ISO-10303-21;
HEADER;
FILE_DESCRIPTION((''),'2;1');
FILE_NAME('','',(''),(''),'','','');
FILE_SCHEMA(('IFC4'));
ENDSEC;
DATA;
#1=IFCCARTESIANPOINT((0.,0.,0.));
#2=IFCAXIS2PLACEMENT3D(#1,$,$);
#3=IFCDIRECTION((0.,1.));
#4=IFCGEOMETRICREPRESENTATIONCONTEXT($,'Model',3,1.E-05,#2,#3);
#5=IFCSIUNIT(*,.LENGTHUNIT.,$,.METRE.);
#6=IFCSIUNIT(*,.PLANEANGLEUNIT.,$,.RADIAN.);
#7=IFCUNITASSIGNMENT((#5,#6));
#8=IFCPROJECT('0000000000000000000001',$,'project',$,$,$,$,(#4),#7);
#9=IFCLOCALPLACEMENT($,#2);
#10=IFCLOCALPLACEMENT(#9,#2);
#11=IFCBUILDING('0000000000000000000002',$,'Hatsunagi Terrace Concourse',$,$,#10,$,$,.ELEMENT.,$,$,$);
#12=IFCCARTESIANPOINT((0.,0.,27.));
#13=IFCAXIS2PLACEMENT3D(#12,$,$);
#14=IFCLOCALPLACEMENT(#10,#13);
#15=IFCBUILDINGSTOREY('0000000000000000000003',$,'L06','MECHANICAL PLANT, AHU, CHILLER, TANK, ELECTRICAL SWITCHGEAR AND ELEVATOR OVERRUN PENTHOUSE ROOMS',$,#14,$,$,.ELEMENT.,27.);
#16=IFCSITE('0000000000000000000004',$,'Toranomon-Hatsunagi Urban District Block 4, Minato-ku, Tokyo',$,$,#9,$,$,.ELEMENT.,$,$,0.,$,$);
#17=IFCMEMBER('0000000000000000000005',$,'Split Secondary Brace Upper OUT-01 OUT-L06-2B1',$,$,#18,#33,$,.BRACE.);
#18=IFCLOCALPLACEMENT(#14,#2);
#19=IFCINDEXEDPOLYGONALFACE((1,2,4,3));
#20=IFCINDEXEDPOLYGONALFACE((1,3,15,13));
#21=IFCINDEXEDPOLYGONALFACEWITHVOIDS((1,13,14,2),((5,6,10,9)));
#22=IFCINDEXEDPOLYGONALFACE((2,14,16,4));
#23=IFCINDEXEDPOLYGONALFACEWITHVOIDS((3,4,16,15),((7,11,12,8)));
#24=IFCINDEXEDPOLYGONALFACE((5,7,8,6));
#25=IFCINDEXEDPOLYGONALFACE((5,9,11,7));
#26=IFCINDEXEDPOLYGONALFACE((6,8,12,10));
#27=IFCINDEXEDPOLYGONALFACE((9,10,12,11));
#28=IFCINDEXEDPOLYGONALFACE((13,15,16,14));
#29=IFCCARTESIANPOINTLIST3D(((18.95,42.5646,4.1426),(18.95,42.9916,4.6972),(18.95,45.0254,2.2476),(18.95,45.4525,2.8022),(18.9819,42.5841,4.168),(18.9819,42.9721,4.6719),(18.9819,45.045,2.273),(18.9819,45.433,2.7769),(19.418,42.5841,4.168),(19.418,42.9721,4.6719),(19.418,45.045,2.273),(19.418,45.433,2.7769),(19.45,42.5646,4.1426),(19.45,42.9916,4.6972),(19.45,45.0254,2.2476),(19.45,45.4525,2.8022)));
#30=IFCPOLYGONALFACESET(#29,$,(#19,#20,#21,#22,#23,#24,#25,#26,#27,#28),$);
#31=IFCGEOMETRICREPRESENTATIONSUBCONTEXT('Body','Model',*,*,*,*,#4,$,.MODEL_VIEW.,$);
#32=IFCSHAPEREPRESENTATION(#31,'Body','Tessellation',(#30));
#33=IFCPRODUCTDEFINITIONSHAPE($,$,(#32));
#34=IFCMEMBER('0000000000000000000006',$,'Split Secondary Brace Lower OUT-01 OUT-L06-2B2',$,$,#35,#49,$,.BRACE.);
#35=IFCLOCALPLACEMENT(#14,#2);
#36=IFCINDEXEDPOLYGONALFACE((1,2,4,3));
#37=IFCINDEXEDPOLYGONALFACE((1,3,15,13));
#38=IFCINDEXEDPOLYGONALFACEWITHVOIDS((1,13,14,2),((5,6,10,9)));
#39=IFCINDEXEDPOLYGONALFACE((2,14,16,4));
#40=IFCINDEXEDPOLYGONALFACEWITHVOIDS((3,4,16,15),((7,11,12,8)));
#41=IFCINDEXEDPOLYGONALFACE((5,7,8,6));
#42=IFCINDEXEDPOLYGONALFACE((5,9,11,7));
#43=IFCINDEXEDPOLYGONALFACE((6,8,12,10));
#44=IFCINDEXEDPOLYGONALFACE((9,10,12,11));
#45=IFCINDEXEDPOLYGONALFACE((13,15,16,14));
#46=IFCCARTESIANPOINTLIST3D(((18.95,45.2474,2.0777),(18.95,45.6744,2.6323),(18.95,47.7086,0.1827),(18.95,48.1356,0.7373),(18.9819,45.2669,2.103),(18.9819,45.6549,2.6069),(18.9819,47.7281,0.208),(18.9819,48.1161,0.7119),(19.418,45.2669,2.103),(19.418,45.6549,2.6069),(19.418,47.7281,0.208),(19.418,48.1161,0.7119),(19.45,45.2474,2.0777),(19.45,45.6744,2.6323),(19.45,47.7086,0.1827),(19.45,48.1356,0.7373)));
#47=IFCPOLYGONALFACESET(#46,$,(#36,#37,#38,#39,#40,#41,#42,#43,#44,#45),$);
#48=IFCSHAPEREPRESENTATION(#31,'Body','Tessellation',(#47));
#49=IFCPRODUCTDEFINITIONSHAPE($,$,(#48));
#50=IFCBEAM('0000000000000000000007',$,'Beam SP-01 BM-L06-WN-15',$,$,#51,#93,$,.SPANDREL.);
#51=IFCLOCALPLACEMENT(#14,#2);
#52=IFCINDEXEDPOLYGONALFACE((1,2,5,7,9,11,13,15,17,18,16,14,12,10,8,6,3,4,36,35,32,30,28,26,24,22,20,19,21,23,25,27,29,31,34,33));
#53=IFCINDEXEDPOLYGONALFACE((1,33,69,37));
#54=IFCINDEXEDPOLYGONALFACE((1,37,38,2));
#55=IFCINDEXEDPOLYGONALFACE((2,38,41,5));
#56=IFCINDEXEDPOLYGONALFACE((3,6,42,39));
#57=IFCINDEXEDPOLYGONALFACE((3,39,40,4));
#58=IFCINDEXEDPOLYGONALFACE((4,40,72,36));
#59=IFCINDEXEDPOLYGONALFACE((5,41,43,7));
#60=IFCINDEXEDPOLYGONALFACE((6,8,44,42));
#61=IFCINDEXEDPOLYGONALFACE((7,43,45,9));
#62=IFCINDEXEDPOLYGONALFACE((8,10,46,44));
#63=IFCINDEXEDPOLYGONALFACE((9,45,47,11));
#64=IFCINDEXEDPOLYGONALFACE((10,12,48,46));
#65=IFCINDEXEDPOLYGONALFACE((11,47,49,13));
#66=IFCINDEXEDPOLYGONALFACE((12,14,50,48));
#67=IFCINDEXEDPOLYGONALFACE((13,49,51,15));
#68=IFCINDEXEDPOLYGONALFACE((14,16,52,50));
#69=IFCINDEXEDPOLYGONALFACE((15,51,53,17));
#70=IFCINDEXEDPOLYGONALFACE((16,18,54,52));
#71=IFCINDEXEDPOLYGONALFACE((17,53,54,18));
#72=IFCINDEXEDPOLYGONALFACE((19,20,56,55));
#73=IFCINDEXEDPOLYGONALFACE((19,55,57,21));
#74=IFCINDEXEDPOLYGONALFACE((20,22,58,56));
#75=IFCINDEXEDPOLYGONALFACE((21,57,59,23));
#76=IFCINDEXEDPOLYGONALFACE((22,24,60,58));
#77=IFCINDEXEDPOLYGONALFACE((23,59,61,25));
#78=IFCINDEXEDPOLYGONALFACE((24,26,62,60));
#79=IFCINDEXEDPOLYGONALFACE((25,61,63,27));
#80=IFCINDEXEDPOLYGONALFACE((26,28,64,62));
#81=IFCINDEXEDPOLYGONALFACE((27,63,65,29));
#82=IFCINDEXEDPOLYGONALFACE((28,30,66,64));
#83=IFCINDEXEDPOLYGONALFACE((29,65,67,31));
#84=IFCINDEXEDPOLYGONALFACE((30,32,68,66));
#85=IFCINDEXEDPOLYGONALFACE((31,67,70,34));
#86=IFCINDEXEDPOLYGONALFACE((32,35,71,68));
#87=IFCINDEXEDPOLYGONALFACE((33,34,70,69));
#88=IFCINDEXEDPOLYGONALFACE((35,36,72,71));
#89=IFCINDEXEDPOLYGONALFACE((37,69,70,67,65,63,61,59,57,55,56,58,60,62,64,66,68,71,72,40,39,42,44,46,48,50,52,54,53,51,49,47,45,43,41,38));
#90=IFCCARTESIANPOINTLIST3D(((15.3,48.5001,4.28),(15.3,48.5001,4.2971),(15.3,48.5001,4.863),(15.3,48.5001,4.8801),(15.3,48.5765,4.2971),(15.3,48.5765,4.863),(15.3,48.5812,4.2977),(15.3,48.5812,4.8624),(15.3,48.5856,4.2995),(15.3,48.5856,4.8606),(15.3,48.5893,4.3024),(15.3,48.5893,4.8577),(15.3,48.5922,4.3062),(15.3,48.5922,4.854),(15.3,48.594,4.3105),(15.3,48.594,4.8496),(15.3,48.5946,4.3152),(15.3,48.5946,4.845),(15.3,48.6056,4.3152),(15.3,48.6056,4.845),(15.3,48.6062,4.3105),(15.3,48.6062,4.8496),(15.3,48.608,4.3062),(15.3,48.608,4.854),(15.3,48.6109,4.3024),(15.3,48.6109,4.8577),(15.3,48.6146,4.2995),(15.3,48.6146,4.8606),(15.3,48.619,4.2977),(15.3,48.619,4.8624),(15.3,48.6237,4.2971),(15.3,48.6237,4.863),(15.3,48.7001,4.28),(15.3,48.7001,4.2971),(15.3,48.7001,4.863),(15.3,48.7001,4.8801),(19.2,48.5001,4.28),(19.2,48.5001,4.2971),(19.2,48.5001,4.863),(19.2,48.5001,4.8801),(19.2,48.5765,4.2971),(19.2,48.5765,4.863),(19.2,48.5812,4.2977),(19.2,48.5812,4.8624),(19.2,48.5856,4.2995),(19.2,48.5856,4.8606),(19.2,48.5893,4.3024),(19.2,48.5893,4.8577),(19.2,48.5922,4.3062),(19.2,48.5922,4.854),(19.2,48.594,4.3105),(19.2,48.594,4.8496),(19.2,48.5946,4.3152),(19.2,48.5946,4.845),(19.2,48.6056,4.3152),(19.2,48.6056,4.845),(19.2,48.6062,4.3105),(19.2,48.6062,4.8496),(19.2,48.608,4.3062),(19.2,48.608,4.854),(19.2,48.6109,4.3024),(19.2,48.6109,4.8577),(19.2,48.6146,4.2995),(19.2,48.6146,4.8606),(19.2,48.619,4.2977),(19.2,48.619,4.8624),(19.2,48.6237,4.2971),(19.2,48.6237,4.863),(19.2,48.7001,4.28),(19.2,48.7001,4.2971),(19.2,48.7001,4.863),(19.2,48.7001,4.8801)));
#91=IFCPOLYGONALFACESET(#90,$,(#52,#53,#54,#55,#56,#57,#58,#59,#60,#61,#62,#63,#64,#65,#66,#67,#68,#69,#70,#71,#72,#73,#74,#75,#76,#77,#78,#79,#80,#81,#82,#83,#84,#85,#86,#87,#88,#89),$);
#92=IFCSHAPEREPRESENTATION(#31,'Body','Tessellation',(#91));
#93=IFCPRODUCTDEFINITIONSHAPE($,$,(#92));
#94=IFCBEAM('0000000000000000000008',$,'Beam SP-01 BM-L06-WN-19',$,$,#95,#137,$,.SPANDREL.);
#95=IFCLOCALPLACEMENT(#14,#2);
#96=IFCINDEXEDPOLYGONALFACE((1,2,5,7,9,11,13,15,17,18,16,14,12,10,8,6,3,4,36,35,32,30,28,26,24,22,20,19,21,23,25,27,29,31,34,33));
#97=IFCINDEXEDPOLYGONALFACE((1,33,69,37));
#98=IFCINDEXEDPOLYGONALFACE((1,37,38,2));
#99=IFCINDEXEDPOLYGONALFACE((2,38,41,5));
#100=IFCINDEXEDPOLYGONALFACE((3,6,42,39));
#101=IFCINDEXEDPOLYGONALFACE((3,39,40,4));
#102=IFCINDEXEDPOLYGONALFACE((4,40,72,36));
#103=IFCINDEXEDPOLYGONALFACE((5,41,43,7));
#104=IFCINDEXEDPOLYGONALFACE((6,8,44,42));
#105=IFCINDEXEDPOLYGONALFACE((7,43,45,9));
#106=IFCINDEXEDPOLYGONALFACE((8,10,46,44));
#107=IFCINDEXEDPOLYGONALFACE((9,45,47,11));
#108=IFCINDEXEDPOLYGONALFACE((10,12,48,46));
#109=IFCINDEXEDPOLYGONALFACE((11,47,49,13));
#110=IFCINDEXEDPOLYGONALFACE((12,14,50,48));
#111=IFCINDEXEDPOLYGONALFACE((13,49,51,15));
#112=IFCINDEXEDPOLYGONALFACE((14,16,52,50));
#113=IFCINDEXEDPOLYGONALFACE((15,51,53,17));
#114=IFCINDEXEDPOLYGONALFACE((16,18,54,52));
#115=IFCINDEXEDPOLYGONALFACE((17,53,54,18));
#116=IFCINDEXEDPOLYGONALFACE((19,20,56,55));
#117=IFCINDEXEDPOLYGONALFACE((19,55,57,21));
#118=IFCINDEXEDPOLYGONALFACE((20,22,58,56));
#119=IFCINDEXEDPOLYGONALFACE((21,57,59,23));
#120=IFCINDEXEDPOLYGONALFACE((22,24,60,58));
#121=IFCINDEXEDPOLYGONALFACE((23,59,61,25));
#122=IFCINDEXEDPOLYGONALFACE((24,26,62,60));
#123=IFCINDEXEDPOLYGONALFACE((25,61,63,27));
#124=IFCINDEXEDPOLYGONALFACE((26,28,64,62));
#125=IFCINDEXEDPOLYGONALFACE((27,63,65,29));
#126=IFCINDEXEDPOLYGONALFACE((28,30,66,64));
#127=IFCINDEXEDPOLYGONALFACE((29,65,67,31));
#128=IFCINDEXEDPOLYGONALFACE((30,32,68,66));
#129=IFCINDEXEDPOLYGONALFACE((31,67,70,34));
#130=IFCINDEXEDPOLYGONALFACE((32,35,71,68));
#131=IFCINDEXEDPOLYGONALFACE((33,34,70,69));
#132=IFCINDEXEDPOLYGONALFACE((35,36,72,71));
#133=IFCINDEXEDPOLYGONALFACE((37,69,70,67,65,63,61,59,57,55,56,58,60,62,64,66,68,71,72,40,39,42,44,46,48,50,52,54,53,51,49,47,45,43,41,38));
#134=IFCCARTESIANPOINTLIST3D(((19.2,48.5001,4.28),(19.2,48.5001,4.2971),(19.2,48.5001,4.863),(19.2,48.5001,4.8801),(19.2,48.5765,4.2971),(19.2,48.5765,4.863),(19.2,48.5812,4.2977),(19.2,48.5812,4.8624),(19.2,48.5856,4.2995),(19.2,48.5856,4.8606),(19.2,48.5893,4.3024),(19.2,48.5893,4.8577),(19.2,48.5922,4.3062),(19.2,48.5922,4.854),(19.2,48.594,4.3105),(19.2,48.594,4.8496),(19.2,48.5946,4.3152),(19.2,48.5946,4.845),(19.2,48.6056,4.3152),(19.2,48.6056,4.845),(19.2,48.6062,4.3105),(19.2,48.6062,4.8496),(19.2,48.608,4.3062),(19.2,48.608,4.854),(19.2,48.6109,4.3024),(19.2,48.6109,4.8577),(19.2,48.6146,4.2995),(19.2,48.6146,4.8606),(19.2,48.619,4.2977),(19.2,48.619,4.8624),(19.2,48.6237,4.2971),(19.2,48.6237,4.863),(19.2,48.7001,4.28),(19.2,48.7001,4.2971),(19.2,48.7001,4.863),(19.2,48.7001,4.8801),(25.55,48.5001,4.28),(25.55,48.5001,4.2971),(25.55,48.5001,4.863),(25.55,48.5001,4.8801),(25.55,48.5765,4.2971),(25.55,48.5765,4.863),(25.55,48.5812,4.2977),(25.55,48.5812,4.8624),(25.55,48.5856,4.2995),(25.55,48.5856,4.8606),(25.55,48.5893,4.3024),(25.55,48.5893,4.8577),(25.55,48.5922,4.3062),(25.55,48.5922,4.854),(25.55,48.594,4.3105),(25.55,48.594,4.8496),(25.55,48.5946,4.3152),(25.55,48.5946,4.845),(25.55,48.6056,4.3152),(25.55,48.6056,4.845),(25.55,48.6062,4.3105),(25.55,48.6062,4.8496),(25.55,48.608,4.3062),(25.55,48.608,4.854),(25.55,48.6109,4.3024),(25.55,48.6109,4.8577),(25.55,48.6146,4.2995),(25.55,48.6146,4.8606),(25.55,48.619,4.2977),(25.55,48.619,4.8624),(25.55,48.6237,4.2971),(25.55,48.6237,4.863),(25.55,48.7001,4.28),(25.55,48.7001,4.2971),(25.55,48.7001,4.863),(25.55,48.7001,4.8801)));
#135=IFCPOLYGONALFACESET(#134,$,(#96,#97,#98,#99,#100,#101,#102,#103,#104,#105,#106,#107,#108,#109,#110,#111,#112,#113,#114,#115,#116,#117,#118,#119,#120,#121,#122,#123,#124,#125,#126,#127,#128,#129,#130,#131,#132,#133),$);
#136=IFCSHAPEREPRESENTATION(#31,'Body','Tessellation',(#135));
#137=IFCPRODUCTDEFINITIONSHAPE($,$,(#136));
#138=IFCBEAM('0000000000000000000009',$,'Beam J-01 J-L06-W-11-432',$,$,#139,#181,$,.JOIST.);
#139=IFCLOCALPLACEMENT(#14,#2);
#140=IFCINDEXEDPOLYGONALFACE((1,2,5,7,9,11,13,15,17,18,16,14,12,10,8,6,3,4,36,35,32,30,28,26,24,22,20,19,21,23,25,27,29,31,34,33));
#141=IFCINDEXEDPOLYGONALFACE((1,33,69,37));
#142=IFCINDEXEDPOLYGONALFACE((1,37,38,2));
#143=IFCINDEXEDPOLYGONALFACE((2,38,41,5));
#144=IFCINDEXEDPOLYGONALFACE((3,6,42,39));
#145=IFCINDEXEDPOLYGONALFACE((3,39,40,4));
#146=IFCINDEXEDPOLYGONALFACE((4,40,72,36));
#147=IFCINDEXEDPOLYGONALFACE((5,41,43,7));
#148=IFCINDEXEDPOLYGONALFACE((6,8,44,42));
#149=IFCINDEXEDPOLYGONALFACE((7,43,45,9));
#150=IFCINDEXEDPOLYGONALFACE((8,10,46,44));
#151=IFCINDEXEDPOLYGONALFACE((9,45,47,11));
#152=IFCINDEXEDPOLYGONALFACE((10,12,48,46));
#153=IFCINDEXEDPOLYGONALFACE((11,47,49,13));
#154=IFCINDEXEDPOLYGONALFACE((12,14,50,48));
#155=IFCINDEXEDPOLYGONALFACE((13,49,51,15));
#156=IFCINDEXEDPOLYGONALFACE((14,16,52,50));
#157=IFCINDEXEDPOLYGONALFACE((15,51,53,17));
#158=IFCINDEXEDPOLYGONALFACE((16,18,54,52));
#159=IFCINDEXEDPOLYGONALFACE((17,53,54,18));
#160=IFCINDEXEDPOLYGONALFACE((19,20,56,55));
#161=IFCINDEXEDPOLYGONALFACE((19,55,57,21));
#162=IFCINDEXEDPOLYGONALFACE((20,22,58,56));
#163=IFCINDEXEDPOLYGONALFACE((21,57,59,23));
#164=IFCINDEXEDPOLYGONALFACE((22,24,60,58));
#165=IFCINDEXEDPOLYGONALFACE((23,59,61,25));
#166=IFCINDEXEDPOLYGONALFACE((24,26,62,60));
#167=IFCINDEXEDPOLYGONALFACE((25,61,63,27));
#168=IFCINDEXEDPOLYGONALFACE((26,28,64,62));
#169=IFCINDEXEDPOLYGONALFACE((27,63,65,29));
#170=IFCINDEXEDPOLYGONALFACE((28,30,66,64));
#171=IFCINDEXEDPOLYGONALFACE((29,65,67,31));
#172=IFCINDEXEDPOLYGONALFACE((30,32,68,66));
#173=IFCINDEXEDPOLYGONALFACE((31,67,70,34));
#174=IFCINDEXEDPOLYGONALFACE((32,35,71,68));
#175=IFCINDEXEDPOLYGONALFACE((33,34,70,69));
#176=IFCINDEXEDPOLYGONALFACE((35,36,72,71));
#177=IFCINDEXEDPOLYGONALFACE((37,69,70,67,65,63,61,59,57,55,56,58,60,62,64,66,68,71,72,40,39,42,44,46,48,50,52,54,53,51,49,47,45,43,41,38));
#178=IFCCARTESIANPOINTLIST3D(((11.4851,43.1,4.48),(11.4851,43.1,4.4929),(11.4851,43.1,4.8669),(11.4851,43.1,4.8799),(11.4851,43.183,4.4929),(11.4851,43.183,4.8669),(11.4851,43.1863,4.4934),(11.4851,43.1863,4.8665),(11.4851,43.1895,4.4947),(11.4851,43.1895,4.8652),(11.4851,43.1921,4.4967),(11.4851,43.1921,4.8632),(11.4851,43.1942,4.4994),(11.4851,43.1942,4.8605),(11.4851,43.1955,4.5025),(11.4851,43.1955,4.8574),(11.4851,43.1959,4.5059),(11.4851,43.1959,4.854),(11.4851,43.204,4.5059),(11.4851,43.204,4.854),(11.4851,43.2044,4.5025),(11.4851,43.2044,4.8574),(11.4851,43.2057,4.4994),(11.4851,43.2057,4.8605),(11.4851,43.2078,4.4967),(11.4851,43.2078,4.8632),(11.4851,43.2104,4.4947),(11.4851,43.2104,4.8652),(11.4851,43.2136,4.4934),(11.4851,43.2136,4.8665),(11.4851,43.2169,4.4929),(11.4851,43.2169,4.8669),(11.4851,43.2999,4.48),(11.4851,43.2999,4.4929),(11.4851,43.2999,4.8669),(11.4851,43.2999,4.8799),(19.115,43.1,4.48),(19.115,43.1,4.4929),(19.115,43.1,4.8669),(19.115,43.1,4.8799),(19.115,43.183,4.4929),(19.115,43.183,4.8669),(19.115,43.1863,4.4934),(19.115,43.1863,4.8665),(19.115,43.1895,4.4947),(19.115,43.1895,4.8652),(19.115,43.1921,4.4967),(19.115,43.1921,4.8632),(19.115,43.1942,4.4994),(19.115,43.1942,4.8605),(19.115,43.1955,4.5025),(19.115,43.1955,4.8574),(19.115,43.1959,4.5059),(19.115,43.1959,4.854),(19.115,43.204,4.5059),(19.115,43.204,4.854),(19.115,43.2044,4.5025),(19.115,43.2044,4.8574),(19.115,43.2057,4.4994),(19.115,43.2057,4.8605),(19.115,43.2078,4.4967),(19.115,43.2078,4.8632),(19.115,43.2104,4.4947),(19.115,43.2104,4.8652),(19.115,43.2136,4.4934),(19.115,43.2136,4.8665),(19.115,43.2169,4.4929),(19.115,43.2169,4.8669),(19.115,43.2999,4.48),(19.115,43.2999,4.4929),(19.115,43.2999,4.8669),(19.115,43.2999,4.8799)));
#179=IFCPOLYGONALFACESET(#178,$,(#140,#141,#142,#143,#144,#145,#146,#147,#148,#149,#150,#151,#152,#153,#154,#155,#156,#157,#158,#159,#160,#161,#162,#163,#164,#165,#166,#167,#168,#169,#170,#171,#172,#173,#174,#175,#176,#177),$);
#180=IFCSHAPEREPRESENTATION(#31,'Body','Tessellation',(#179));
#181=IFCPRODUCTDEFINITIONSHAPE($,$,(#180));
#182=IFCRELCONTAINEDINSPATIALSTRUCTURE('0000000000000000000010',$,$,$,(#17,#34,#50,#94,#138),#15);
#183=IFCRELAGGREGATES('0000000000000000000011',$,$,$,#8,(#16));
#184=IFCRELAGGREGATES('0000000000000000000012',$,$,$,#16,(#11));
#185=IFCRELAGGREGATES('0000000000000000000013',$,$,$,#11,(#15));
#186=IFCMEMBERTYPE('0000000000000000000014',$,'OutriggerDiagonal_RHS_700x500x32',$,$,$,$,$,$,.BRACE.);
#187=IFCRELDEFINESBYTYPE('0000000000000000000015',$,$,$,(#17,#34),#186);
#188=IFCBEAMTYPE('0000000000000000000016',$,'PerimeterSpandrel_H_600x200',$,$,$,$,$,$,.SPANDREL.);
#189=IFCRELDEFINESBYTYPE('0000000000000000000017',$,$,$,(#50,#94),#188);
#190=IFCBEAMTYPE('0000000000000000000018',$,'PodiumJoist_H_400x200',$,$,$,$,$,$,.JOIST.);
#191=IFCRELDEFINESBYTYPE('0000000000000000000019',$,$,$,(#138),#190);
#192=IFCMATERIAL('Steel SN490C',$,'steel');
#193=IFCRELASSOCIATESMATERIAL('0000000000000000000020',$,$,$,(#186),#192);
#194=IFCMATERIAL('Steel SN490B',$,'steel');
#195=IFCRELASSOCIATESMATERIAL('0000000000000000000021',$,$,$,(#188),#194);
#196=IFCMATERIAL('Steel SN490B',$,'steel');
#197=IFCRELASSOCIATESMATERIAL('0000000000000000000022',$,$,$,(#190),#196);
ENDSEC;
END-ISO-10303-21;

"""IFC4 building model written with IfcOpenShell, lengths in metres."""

from ifc_helpers import new_model, si_unit, direction, frame, origin, origin_2d, place, context, subcontext, project, spatial, hollow_rectangle, i_section, extrude, material, material_profile, profile_set, type_object, element, save


model = new_model("IFC4")

# Units and contexts
model_context = context("Model", 3, precision=1e-05, world=origin(), true_north=direction((0.0, 1.0)))
body_context = subcontext(model_context, "Body", "Model", "MODEL_VIEW")
ifc_project = project(units=[si_unit("LENGTHUNIT", "METRE"), si_unit("PLANEANGLEUNIT", "RADIAN")], contexts=[model_context])

# Site, building, storey
site_placement = place(None, origin())
site = spatial("IfcSite", under=ifc_project, at=site_placement, Name="Toranomon-Hatsunagi Urban District Block 4, Minato-ku, Tokyo", CompositionType="ELEMENT", RefElevation=0.0)
building_placement = place(site_placement, origin())
building = spatial("IfcBuilding", under=site, at=building_placement, Name="Hatsunagi Terrace Concourse", CompositionType="ELEMENT")
storey_placement = place(building_placement, frame((0.0, 0.0, 27.0)))
storey = spatial("IfcBuildingStorey", under=building, at=storey_placement, Name="L06", Description="MECHANICAL PLANT, AHU, CHILLER, TANK, ELECTRICAL SWITCHGEAR AND ELEVATOR OVERRUN PENTHOUSE ROOMS", CompositionType="ELEMENT", Elevation=27.0)

# Members
ifc_material_1 = material(Name="Steel SN490C", Category="steel")
ifc_material_profile_1 = material_profile(ifc_material_1, hollow_rectangle(XDim=0.5, YDim=0.7, WallThickness=0.032, at=origin_2d()), Name="RHS-700x500x32")
ifc_profile_set_1 = profile_set([ifc_material_profile_1], Name="Steel SN490C")
member_type_1 = type_object("IfcMemberType", Name="OutriggerDiagonal_RHS_700x500x32", PredefinedType="BRACE", material=ifc_profile_set_1)
member_1_placement = place(storey_placement, frame((19.2, 42.7781, 4.4199), z_axis=(0.0, 0.792314, -0.610113), x_axis=(-1.0, 0.0, 0.0)))
element("IfcMember", 1, at=member_1_placement, inside=storey, type_object=member_type_1, Name="Split Secondary Brace Upper OUT-01 OUT-L06-2B1", PredefinedType="BRACE", context=body_context, shape_type="SweptSolid", body=[
    extrude(hollow_rectangle(XDim=0.5, YDim=0.7, WallThickness=0.032, at=origin_2d()), origin(), (0.0, 0.0, 1.0), 3.106),
])
member_2_placement = place(storey_placement, frame((19.2, 45.4609, 2.355), z_axis=(0.0, 0.792343, -0.610075), x_axis=(-1.0, 0.0, 0.0)))
element("IfcMember", 2, at=member_2_placement, inside=storey, type_object=member_type_1, Name="Split Secondary Brace Lower OUT-01 OUT-L06-2B2", PredefinedType="BRACE", context=body_context, shape_type="SweptSolid", body=[
    extrude(hollow_rectangle(XDim=0.5, YDim=0.7, WallThickness=0.032, at=origin_2d()), origin(), (0.0, 0.0, 1.0), 3.1062),
])

# Beams
ifc_material_2 = material(Name="Steel SN490B", Category="steel")
ifc_material_profile_2 = material_profile(ifc_material_2, i_section(OverallWidth=0.2, OverallDepth=0.6001, WebThickness=0.011, FlangeThickness=0.0171, FilletRadius=0.0181, at=origin_2d()), Name="H-600x200x11x17")
ifc_profile_set_2 = profile_set([ifc_material_profile_2], Name="Steel SN490B")
beam_type_1 = type_object("IfcBeamType", Name="PerimeterSpandrel_H_600x200", PredefinedType="SPANDREL", material=ifc_profile_set_2)
beam_1_placement = place(storey_placement, frame((15.3, 48.6001, 4.5801), z_axis=(1.0, 0.0, 0.0), x_axis=(0.0, 1.0, 0.0)))
element("IfcBeam", 3, at=beam_1_placement, inside=storey, type_object=beam_type_1, Name="Beam SP-01 BM-L06-WN-15", PredefinedType="SPANDREL", context=body_context, shape_type="SweptSolid", body=[
    extrude(i_section(OverallWidth=0.2, OverallDepth=0.6001, WebThickness=0.011, FlangeThickness=0.0171, FilletRadius=0.0181, at=origin_2d()), origin(), (0.0, 0.0, 1.0), 3.8999),
])
beam_2_placement = place(storey_placement, frame((19.2, 48.6001, 4.5801), z_axis=(1.0, 0.0, 0.0), x_axis=(0.0, 1.0, 0.0)))
element("IfcBeam", 4, at=beam_2_placement, inside=storey, type_object=beam_type_1, Name="Beam SP-01 BM-L06-WN-19", PredefinedType="SPANDREL", context=body_context, shape_type="SweptSolid", body=[
    extrude(i_section(OverallWidth=0.2, OverallDepth=0.6001, WebThickness=0.011, FlangeThickness=0.0171, FilletRadius=0.0181, at=origin_2d()), origin(), (0.0, 0.0, 1.0), 6.3501),
])
ifc_material_3 = material(Name="Steel SN490B", Category="steel")
ifc_material_profile_3 = material_profile(ifc_material_3, i_section(OverallWidth=0.2, OverallDepth=0.3999, WebThickness=0.0081, FlangeThickness=0.0129, FilletRadius=0.0129, at=origin_2d()), Name="H-400x200x8x13")
ifc_profile_set_3 = profile_set([ifc_material_profile_3], Name="Steel SN490B")
beam_type_2 = type_object("IfcBeamType", Name="PodiumJoist_H_400x200", PredefinedType="JOIST", material=ifc_profile_set_3)
for number, where, z_axis, x_axis, name in (
    (5, (11.4851, 43.2, 4.6799), (1.0, 0.0, 0.0), (0.0, 1.0, 0.0), "Beam J-01 J-L06-W-11-432"),
):
    element("IfcBeam", number, at=place(storey_placement, frame(where, z_axis=z_axis, x_axis=x_axis)), inside=storey, type_object=beam_type_2, Name=name, PredefinedType="JOIST", context=body_context, shape_type="SweptSolid", body=[
        extrude(i_section(OverallWidth=0.2, OverallDepth=0.3999, WebThickness=0.0081, FlangeThickness=0.0129, FilletRadius=0.0129, at=origin_2d()), origin(), (0.0, 0.0, 1.0), 7.6299),
    ])

save(model, "model.ifc")
